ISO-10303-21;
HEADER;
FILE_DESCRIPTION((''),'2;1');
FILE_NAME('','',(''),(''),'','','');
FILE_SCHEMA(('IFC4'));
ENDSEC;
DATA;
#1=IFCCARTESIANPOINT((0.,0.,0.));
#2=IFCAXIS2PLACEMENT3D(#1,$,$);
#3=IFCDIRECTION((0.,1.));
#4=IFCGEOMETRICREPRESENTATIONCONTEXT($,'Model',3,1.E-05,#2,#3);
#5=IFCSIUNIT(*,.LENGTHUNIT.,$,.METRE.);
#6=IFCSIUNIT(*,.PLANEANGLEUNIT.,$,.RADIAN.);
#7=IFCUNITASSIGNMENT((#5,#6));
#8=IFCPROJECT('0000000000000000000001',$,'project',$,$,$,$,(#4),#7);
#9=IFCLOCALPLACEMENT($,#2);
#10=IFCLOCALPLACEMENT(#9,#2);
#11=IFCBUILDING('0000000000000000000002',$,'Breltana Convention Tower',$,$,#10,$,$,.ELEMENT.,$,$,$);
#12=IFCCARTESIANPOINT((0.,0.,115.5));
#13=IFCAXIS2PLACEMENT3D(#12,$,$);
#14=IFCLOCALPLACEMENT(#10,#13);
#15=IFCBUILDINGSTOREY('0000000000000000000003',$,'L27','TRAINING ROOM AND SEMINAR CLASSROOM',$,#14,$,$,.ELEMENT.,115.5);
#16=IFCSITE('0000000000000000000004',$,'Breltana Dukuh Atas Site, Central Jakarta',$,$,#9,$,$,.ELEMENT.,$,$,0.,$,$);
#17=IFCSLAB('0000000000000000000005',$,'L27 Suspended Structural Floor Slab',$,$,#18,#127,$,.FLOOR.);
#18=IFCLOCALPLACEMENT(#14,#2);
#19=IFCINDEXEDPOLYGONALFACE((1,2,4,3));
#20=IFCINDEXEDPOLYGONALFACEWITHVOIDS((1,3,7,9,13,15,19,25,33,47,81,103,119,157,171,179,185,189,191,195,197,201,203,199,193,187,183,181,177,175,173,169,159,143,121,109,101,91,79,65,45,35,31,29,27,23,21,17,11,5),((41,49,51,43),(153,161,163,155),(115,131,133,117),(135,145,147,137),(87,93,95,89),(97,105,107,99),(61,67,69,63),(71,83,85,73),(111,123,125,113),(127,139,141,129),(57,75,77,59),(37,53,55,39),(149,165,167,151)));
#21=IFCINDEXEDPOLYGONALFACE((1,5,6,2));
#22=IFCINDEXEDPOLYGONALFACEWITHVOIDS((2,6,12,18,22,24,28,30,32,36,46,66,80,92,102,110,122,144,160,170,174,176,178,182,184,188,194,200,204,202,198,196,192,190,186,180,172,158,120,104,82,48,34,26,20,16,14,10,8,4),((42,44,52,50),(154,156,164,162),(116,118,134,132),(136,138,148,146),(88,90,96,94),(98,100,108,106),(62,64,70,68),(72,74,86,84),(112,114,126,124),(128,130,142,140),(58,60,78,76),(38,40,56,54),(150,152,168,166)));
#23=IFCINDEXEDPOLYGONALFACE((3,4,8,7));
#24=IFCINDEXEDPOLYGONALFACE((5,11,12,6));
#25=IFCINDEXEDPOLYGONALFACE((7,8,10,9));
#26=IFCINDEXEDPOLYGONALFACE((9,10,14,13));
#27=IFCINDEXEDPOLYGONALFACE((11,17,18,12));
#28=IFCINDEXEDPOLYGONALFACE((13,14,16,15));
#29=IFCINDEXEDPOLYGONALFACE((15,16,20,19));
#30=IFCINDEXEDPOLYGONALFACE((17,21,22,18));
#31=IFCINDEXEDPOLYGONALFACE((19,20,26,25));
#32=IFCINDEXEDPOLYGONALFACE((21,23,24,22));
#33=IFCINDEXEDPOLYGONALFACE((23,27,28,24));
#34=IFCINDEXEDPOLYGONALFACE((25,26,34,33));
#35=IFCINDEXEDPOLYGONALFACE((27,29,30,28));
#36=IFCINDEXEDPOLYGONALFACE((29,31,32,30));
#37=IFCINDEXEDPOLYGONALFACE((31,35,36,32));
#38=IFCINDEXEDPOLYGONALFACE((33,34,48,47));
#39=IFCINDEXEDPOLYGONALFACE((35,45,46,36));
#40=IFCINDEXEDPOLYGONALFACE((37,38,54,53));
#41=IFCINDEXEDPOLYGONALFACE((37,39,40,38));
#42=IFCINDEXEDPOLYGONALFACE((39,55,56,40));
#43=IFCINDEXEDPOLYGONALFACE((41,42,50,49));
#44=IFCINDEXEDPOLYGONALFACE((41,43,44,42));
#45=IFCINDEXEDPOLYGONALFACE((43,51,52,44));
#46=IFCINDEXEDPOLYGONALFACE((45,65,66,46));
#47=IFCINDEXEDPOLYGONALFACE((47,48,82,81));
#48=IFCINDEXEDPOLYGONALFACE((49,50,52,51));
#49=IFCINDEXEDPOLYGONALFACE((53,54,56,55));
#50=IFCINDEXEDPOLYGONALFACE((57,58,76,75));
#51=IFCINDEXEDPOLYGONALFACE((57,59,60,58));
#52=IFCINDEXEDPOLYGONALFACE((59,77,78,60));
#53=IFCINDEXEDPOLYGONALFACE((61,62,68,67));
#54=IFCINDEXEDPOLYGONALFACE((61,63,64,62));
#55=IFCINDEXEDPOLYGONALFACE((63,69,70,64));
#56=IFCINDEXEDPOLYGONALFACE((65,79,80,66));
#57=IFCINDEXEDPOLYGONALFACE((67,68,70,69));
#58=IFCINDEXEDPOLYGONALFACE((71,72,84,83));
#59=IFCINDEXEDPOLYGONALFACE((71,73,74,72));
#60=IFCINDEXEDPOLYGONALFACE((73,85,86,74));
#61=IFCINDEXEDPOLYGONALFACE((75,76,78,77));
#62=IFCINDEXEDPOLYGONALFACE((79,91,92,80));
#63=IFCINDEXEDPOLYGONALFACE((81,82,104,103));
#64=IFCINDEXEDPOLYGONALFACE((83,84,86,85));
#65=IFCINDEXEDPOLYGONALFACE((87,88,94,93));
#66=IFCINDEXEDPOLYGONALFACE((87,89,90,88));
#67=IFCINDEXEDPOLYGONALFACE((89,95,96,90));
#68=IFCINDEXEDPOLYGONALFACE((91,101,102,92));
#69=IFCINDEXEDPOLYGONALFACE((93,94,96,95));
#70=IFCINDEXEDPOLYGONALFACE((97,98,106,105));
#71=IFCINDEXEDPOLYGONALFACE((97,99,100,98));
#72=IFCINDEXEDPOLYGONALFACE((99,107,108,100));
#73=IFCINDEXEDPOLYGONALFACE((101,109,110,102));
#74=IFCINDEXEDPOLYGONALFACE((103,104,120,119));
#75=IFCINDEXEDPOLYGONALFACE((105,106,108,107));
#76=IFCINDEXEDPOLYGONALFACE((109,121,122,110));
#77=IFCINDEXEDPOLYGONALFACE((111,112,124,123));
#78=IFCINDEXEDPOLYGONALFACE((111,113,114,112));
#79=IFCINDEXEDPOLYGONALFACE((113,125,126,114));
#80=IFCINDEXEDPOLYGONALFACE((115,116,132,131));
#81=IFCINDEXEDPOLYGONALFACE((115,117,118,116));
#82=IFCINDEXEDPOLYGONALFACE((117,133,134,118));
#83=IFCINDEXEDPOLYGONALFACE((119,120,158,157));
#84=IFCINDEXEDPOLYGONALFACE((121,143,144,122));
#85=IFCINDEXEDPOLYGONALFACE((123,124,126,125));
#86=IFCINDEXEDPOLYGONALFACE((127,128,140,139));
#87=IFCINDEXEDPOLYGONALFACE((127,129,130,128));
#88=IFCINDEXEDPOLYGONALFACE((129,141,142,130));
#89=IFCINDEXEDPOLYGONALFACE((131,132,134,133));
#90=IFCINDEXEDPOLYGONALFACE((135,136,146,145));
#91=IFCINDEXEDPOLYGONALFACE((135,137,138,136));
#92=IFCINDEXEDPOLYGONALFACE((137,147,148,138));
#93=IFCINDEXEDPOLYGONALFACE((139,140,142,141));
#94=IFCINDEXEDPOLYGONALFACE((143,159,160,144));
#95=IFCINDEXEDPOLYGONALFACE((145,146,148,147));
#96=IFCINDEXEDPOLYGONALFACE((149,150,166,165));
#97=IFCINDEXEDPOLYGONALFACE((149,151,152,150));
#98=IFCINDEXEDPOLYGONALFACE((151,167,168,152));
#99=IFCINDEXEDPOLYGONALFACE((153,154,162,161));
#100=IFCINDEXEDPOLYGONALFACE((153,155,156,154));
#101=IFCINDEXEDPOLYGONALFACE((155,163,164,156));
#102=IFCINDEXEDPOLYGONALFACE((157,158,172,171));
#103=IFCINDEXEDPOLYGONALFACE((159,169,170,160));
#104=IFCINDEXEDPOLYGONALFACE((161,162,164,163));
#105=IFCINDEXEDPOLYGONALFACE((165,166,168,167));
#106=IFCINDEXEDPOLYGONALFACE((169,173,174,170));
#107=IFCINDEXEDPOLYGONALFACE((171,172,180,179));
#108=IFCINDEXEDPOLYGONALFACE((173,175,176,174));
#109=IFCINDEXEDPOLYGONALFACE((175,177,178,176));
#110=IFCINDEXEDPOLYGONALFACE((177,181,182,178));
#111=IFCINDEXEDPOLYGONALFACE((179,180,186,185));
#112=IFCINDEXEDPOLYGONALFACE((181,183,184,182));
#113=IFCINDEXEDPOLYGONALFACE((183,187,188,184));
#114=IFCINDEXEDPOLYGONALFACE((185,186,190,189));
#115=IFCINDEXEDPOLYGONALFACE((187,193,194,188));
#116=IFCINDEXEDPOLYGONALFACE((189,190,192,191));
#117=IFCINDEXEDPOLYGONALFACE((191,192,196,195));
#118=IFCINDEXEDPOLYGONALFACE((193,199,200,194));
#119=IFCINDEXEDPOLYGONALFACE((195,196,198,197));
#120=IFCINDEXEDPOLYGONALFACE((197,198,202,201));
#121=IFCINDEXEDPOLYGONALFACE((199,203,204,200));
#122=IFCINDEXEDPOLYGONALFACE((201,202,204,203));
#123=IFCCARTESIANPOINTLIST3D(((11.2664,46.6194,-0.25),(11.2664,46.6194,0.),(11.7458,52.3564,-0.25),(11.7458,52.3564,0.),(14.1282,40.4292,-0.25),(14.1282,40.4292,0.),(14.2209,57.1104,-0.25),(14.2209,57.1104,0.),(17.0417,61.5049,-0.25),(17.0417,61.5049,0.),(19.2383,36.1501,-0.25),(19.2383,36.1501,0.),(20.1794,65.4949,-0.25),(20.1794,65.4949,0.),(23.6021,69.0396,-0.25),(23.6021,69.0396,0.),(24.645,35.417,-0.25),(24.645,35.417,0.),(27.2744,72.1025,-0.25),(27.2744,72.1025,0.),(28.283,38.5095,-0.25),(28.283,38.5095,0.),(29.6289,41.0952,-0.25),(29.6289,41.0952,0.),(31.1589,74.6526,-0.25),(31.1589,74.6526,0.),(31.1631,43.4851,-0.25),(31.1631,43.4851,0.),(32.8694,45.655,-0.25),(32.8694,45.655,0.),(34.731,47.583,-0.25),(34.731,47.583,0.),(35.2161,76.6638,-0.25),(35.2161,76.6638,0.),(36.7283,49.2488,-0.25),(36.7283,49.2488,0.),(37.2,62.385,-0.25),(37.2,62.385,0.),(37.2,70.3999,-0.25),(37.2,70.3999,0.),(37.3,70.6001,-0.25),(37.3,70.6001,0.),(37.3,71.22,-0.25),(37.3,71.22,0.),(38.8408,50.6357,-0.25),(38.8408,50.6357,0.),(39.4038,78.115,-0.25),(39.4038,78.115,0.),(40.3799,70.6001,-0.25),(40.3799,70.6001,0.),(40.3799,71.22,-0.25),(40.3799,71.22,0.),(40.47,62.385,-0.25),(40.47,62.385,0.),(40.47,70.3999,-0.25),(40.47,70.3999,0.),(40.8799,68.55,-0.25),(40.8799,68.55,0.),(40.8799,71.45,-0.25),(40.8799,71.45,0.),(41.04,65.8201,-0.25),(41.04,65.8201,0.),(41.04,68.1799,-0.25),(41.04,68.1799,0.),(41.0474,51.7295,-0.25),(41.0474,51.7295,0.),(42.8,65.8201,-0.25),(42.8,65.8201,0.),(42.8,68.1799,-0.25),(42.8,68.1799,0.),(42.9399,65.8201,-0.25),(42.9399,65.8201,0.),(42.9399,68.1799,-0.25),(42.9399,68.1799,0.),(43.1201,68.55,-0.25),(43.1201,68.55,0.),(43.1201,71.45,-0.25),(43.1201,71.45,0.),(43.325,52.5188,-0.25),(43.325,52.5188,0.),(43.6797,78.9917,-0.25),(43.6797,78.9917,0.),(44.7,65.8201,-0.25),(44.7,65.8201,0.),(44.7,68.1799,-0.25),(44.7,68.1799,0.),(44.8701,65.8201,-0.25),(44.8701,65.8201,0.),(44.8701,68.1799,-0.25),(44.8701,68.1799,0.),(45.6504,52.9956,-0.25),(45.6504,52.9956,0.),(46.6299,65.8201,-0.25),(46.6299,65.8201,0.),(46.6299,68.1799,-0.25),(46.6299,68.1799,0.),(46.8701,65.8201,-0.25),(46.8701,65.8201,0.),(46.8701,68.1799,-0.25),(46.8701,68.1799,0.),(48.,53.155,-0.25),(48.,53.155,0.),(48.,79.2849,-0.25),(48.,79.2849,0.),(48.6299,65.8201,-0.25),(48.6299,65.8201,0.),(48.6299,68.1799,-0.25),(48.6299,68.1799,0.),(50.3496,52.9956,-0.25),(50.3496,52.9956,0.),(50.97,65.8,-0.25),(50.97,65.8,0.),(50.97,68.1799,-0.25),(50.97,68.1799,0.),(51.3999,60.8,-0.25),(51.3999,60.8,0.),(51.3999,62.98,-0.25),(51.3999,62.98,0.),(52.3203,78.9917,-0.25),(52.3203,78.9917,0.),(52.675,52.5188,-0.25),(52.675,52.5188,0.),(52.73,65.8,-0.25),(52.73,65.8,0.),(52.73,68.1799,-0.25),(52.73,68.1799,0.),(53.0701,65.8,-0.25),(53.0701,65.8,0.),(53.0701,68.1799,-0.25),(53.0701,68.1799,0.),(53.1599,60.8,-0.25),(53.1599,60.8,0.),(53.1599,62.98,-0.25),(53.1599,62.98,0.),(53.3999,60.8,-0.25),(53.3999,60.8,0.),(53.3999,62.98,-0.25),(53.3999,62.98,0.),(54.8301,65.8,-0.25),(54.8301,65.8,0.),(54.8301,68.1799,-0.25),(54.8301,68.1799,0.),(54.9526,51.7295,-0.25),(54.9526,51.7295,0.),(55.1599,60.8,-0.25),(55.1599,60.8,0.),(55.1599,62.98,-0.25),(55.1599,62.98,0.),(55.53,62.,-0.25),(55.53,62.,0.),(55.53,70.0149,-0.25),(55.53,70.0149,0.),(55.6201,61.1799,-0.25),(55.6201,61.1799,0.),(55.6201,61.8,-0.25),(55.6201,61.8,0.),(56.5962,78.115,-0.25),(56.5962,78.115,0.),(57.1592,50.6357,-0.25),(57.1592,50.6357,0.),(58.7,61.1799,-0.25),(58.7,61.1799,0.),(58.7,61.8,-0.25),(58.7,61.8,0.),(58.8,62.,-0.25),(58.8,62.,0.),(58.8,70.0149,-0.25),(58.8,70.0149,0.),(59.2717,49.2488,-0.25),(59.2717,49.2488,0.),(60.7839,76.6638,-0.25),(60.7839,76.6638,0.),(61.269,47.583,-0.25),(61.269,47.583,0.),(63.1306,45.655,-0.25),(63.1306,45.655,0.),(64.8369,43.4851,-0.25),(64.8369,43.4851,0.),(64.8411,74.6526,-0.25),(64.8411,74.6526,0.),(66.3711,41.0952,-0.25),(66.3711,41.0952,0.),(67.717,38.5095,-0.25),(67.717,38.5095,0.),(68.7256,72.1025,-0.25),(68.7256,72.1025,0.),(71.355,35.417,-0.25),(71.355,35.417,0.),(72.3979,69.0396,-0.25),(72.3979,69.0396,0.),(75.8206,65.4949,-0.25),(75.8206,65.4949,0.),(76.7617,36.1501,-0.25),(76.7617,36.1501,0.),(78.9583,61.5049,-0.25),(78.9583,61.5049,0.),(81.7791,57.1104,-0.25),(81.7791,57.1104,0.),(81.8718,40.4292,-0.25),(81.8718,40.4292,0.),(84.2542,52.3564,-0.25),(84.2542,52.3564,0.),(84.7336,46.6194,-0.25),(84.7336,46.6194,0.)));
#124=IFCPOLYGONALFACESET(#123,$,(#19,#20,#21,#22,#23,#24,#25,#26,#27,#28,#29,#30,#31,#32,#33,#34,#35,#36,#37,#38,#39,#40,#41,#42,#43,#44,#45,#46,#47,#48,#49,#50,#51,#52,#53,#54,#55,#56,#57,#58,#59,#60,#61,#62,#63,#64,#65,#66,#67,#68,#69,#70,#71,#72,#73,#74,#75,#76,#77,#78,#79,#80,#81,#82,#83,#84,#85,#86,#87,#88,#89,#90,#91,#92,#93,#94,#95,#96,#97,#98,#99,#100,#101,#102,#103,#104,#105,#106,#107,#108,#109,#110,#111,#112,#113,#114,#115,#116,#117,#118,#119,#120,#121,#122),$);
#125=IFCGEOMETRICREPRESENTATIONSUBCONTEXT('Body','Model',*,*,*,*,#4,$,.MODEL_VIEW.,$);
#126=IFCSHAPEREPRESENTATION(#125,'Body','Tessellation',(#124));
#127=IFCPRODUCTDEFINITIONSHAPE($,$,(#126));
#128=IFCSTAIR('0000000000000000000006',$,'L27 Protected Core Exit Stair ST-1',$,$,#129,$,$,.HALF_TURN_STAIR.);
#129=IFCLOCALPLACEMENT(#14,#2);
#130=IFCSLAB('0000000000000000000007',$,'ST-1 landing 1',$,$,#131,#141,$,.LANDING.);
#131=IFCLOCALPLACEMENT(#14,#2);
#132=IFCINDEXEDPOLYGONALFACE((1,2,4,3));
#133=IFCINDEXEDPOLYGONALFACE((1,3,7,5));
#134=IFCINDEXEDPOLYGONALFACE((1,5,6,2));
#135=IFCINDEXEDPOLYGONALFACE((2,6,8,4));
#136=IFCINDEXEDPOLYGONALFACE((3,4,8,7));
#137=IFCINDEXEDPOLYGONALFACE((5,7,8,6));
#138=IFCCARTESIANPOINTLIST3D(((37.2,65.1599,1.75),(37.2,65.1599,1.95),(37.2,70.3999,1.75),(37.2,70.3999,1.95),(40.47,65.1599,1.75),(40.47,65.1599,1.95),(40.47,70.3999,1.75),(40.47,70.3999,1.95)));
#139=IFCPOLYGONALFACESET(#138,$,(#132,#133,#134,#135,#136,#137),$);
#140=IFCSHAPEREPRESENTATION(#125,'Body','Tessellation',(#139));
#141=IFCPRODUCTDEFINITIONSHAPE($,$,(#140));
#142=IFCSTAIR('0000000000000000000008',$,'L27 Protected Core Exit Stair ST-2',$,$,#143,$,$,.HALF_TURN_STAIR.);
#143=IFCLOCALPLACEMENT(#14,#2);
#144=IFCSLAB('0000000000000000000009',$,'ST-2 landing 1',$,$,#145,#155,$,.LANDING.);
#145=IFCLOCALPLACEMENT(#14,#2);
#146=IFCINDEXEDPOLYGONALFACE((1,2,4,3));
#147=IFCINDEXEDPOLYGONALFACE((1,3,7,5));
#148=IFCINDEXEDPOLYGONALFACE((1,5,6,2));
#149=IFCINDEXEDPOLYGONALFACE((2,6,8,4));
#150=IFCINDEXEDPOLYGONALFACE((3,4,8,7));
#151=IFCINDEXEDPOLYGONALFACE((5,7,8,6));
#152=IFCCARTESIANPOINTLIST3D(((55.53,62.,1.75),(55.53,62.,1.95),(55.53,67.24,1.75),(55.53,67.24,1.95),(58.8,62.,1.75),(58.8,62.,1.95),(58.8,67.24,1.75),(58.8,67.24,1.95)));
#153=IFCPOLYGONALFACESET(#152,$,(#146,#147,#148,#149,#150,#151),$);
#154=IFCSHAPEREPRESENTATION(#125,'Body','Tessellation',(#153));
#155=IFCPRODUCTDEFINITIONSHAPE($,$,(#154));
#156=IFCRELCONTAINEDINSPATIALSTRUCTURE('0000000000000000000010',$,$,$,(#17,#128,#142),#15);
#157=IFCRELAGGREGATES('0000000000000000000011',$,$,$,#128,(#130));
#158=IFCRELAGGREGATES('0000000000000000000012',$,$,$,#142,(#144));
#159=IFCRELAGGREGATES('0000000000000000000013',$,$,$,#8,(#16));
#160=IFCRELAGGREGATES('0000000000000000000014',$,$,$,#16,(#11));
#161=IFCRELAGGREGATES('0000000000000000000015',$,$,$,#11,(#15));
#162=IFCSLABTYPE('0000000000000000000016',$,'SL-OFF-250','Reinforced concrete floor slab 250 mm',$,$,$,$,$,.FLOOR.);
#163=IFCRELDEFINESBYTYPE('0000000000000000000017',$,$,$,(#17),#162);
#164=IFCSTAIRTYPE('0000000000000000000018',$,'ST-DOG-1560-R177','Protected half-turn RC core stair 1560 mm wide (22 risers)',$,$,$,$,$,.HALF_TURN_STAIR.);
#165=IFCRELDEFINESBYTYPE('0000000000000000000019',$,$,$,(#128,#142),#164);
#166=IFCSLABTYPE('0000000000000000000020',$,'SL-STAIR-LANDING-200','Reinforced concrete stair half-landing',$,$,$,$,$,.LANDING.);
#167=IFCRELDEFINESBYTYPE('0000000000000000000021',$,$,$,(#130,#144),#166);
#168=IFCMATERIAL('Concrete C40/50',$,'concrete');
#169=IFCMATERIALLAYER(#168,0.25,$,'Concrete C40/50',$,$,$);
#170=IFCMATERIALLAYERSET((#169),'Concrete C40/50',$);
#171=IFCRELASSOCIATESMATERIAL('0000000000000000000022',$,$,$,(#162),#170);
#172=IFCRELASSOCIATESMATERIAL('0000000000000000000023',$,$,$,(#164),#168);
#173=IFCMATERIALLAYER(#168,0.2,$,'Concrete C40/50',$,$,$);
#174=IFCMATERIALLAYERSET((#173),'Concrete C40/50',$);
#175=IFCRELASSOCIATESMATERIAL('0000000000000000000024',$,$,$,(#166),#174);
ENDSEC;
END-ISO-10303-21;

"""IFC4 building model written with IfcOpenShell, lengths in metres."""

from ifc_helpers import new_model, si_unit, direction, frame, origin, place, context, subcontext, project, spatial, polyline, outline, extrude, material, layer, layer_set, type_object, element, aggregate, save


model = new_model("IFC4")

# Units and contexts
model_context = context("Model", 3, precision=1e-05, world=origin(), true_north=direction((0.0, 1.0)))
body_context = subcontext(model_context, "Body", "Model", "MODEL_VIEW")
ifc_project = project(units=[si_unit("LENGTHUNIT", "METRE"), si_unit("PLANEANGLEUNIT", "RADIAN")], contexts=[model_context])

# Site, building, storey
site_placement = place(None, origin())
site = spatial("IfcSite", under=ifc_project, at=site_placement, Name="Breltana Dukuh Atas Site, Central Jakarta", CompositionType="ELEMENT", RefElevation=0.0)
building_placement = place(site_placement, origin())
building = spatial("IfcBuilding", under=site, at=building_placement, Name="Breltana Convention Tower", CompositionType="ELEMENT")
storey_placement = place(building_placement, frame((0.0, 0.0, 115.5)))
storey = spatial("IfcBuildingStorey", under=building, at=storey_placement, Name="L27", Description="TRAINING ROOM AND SEMINAR CLASSROOM", CompositionType="ELEMENT", Elevation=115.5)

# Slab
ifc_material_1 = material(Name="Concrete C40/50", Category="concrete")
ifc_layer_1 = layer(ifc_material_1, 0.25, Name="Concrete C40/50")
ifc_layer_set_1 = layer_set([ifc_layer_1], Name="Concrete C40/50")
slab_type_1 = type_object("IfcSlabType", Name="SL-OFF-250", Description="Reinforced concrete floor slab 250 mm", PredefinedType="FLOOR", material=ifc_layer_set_1)
slab_1_placement = place(storey_placement, frame((0.0, 0.0, -0.25)))
element("IfcSlab", 1, at=slab_1_placement, inside=storey, type_object=slab_type_1, Name="L27 Suspended Structural Floor Slab", PredefinedType="FLOOR", context=body_context, shape_type="SweptSolid", body=[
    extrude(outline(polyline([(84.2542, 52.3564), (81.7791, 57.1104), (78.9583, 61.5049), (75.8206, 65.4949), (72.3979, 69.0396), (68.7256, 72.1025), (64.8411, 74.6526), (60.7839, 76.6638), (56.5962, 78.115), (52.3203, 78.9917), (48.0, 79.2849), (43.6797, 78.9917), (39.4038, 78.115), (35.2161, 76.6638), (31.1589, 74.6526), (27.2744, 72.1025), (23.6021, 69.0396), (20.1794, 65.4949), (17.0417, 61.5049), (14.2209, 57.1104), (11.7458, 52.3564), (11.2664, 46.6194), (14.1282, 40.4292), (19.2383, 36.1501), (24.645, 35.417), (28.283, 38.5095), (29.6289, 41.0952), (31.1631, 43.4851), (32.8694, 45.655), (34.731, 47.583), (36.7283, 49.2488), (38.8408, 50.6357), (41.0474, 51.7295), (43.325, 52.5188), (45.6504, 52.9956), (48.0, 53.155), (50.3496, 52.9956), (52.675, 52.5188), (54.9526, 51.7295), (57.1592, 50.6357), (59.2717, 49.2488), (61.269, 47.583), (63.1306, 45.655), (64.8369, 43.4851), (66.3711, 41.0952), (67.717, 38.5095), (71.355, 35.417), (76.7617, 36.1501), (81.8718, 40.4292), (84.7336, 46.6194), (84.2542, 52.3564)]), holes=[polyline([(37.2, 62.385), (40.47, 62.385), (40.47, 70.3999), (37.2, 70.3999), (37.2, 62.385)]), polyline([(55.53, 62.0), (58.8, 62.0), (58.8, 70.0149), (55.53, 70.0149), (55.53, 62.0)]), polyline([(51.3999, 60.8), (53.1599, 60.8), (53.1599, 62.98), (51.3999, 62.98), (51.3999, 60.8)]), polyline([(53.3999, 60.8), (55.1599, 60.8), (55.1599, 62.98), (53.3999, 62.98), (53.3999, 60.8)]), polyline([(41.04, 65.8201), (42.8, 65.8201), (42.8, 68.1799), (41.04, 68.1799), (41.04, 65.8201)]), polyline([(42.9399, 65.8201), (44.7, 65.8201), (44.7, 68.1799), (42.9399, 68.1799), (42.9399, 65.8201)]), polyline([(44.8701, 65.8201), (46.6299, 65.8201), (46.6299, 68.1799), (44.8701, 68.1799), (44.8701, 65.8201)]), polyline([(46.8701, 65.8201), (48.6299, 65.8201), (48.6299, 68.1799), (46.8701, 68.1799), (46.8701, 65.8201)]), polyline([(50.97, 65.8), (52.73, 65.8), (52.73, 68.1799), (50.97, 68.1799), (50.97, 65.8)]), polyline([(53.0701, 65.8), (54.8301, 65.8), (54.8301, 68.1799), (53.0701, 68.1799), (53.0701, 65.8)]), polyline([(40.8799, 68.55), (43.1201, 68.55), (43.1201, 71.45), (40.8799, 71.45), (40.8799, 68.55)]), polyline([(37.3, 70.6001), (40.3799, 70.6001), (40.3799, 71.22), (37.3, 71.22), (37.3, 70.6001)]), polyline([(55.6201, 61.1799), (58.7, 61.1799), (58.7, 61.8), (55.6201, 61.8), (55.6201, 61.1799)])]), origin(), (0.0, 0.0, 1.0), 0.25),
])

# Stairs, slabs
stair_type = type_object("IfcStairType", Name="ST-DOG-1560-R177", Description="Protected half-turn RC core stair 1560 mm wide (22 risers)", PredefinedType="HALF_TURN_STAIR", material=ifc_material_1)
stair_1_placement = place(storey_placement, origin())
stair_1 = element("IfcStair", 2, at=stair_1_placement, inside=storey, type_object=stair_type, Name="L27 Protected Core Exit Stair ST-1", PredefinedType="HALF_TURN_STAIR")
ifc_layer_2 = layer(ifc_material_1, 0.2, Name="Concrete C40/50")
ifc_layer_set_2 = layer_set([ifc_layer_2], Name="Concrete C40/50")
slab_type_2 = type_object("IfcSlabType", Name="SL-STAIR-LANDING-200", Description="Reinforced concrete stair half-landing", PredefinedType="LANDING", material=ifc_layer_set_2)
slab_2_placement = place(storey_placement, frame((0.0, 0.0, 1.75)))
slab_2 = element("IfcSlab", 3, at=slab_2_placement, type_object=slab_type_2, Name="ST-1 landing 1", PredefinedType="LANDING", context=body_context, shape_type="SweptSolid", body=[
    extrude(outline(polyline([(40.47, 65.1599), (40.47, 70.3999), (37.2, 70.3999), (37.2, 65.1599), (40.47, 65.1599)])), origin(), (0.0, 0.0, 1.0), 0.2),
])
aggregate(stair_1, [slab_2])
stair_2_placement = place(storey_placement, origin())
stair_2 = element("IfcStair", 4, at=stair_2_placement, inside=storey, type_object=stair_type, Name="L27 Protected Core Exit Stair ST-2", PredefinedType="HALF_TURN_STAIR")
slab_3_placement = place(storey_placement, frame((0.0, 0.0, 1.75)))
slab_3 = element("IfcSlab", 5, at=slab_3_placement, type_object=slab_type_2, Name="ST-2 landing 1", PredefinedType="LANDING", context=body_context, shape_type="SweptSolid", body=[
    extrude(outline(polyline([(55.53, 67.24), (55.53, 62.0), (58.8, 62.0), (58.8, 67.24), (55.53, 67.24)])), origin(), (0.0, 0.0, 1.0), 0.2),
])
aggregate(stair_2, [slab_3])

save(model, "model.ifc")
